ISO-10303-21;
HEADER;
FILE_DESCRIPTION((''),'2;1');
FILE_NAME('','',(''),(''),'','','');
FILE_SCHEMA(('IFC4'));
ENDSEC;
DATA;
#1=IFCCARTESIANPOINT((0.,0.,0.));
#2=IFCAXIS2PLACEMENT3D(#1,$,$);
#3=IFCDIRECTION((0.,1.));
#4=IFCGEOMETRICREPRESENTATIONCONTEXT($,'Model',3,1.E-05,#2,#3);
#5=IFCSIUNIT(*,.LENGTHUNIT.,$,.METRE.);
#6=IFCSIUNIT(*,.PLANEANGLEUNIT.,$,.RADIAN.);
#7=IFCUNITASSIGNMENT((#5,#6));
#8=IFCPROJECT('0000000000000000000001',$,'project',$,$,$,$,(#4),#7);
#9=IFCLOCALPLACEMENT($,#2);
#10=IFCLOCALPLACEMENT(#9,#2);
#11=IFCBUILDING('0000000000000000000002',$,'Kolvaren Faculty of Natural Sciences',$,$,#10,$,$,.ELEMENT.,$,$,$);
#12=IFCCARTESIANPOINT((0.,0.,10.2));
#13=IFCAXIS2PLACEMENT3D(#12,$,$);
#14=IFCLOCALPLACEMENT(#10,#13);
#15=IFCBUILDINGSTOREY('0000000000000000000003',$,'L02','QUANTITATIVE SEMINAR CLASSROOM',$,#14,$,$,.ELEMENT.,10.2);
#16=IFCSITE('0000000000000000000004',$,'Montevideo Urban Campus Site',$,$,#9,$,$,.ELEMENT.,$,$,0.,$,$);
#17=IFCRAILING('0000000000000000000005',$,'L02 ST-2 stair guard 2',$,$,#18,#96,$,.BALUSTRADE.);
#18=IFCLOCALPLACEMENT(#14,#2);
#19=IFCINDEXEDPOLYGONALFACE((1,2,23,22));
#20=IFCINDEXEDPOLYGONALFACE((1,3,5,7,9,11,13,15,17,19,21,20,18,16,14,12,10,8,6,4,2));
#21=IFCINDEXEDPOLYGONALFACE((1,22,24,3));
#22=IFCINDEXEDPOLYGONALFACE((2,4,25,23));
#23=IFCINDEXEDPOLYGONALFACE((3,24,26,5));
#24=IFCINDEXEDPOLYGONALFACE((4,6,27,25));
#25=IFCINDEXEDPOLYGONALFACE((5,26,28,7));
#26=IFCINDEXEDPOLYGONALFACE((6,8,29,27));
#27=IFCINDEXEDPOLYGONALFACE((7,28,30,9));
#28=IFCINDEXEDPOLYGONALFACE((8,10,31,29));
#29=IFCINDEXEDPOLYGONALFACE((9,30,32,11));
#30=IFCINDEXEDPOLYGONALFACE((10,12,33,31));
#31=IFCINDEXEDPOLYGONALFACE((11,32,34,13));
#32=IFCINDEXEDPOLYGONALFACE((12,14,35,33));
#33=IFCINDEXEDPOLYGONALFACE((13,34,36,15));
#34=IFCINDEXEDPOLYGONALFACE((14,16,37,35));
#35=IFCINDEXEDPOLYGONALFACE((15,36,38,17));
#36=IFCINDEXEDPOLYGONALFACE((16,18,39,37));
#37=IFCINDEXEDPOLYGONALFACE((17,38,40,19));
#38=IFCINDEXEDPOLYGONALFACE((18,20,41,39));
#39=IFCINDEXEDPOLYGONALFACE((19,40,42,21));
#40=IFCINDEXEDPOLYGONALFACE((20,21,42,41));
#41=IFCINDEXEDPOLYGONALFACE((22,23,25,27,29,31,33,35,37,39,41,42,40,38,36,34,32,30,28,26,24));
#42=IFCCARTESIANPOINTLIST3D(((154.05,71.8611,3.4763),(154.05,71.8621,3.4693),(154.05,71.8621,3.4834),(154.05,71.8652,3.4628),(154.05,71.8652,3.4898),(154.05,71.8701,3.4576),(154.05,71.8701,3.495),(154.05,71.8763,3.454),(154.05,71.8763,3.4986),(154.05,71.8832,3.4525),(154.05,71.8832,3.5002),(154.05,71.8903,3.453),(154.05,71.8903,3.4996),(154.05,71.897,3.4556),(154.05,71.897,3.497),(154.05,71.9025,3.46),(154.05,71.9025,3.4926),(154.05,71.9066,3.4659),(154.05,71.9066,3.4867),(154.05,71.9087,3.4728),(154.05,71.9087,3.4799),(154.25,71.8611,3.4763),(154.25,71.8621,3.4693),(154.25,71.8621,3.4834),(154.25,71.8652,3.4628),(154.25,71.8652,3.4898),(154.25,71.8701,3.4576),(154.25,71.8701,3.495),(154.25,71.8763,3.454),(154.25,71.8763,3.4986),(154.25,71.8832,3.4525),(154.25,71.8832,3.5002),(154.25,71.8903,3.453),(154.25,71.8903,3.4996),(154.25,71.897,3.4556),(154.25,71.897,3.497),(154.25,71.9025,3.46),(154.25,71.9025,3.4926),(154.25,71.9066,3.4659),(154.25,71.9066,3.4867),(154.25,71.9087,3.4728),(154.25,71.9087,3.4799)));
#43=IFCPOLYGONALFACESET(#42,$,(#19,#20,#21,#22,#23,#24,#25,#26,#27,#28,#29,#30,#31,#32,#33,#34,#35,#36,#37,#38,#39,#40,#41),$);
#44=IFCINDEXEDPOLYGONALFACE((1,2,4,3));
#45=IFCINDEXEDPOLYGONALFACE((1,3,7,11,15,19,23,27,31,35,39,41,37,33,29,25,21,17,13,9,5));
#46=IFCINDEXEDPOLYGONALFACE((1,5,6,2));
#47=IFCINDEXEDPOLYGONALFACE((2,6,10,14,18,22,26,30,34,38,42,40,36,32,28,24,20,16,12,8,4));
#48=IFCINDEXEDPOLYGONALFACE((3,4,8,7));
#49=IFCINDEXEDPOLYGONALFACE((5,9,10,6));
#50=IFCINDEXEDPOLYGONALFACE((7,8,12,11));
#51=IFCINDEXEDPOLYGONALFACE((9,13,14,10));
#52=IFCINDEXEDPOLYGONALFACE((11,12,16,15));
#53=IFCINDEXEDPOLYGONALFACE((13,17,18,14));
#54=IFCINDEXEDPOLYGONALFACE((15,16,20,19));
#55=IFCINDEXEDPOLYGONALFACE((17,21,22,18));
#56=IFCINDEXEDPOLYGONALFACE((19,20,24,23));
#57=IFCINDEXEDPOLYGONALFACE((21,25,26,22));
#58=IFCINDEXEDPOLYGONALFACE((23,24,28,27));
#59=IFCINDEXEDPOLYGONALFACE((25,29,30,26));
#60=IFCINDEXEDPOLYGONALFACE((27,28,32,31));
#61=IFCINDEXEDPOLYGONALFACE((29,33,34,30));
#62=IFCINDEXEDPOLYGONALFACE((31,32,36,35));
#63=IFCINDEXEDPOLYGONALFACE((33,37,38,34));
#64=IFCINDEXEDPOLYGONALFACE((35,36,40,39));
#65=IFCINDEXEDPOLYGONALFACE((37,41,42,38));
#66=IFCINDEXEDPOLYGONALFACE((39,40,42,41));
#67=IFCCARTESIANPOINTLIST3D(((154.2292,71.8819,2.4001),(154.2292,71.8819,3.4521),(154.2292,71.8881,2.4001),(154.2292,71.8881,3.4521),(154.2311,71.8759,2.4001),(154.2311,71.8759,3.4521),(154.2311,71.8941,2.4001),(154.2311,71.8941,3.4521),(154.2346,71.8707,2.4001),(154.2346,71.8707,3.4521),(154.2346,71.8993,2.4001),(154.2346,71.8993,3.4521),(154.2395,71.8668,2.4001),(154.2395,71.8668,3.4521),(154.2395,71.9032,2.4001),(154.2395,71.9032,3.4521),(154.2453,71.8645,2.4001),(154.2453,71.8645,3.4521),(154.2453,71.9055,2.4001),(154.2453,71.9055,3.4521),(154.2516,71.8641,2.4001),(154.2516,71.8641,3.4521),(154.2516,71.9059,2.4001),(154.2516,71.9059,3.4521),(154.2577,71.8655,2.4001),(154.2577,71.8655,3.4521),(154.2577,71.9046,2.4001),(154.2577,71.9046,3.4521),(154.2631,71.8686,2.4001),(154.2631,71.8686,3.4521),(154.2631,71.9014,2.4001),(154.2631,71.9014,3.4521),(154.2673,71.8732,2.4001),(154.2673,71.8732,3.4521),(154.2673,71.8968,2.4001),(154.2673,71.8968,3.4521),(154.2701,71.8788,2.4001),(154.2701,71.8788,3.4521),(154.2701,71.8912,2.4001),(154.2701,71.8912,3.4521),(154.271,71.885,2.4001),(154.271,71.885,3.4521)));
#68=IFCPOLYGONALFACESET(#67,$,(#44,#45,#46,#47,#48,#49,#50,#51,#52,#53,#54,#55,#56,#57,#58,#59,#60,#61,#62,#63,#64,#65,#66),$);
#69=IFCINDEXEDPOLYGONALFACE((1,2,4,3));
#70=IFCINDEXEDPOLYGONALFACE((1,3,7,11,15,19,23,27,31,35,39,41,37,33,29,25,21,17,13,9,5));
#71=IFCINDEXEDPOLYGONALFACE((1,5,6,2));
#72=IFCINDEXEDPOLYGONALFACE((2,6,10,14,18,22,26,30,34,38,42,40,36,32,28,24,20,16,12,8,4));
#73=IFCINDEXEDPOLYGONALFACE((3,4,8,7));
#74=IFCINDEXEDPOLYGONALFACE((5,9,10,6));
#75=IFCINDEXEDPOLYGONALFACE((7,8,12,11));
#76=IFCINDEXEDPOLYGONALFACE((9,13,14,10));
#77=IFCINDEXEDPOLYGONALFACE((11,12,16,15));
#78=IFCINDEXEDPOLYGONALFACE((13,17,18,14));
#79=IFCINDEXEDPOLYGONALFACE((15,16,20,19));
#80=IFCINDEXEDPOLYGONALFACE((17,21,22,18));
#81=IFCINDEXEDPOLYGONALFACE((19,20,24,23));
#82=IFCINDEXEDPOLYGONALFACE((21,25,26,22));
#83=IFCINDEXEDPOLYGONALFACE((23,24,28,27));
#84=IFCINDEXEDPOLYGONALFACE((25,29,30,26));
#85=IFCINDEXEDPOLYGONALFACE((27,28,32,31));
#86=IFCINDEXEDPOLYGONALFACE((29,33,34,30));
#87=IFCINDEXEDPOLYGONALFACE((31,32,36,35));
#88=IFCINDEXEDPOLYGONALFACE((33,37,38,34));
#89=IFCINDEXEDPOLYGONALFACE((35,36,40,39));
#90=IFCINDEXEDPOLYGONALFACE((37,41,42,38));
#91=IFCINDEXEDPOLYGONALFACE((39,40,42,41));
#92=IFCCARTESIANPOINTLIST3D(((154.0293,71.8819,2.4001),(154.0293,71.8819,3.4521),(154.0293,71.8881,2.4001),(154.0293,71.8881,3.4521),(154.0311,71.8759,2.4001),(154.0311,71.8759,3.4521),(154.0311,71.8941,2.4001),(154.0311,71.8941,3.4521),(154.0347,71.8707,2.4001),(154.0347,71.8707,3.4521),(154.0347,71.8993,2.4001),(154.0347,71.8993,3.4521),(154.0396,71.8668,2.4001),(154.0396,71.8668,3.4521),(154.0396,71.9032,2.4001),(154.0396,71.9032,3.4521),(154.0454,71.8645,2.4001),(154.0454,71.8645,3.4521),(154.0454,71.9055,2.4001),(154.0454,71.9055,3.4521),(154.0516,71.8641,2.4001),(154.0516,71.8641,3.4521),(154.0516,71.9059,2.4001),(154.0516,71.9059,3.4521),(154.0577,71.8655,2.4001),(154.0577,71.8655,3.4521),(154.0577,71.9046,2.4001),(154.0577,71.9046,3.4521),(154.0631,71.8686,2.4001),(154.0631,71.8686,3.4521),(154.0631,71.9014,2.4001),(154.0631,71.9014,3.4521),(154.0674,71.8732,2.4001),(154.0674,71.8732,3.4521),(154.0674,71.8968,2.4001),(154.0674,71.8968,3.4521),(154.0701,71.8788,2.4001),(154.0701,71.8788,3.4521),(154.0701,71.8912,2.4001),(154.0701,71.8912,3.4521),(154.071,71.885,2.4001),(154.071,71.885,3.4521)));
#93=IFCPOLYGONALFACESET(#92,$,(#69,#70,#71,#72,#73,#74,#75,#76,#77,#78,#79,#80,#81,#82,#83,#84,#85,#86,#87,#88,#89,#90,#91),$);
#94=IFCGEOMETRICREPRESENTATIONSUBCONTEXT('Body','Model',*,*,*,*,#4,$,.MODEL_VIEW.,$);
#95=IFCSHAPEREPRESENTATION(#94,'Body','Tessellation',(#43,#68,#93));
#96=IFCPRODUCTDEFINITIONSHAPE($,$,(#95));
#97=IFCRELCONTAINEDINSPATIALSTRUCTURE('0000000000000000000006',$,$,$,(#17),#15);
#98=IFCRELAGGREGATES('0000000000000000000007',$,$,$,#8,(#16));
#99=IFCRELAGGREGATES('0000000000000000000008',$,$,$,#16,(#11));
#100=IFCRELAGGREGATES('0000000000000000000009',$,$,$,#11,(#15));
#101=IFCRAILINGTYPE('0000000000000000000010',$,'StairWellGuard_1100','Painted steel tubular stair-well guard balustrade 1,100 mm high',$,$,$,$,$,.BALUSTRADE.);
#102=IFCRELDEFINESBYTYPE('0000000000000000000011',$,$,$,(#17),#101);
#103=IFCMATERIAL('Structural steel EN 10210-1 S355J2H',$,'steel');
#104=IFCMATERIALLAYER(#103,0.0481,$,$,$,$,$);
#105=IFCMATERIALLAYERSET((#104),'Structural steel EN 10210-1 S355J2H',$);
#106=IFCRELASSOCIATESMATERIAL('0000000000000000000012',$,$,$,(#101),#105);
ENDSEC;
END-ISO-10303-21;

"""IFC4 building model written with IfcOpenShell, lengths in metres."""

from ifc_helpers import new_model, si_unit, direction, frame, origin, origin_2d, place, context, subcontext, project, spatial, circle, extrude, material, layer, layer_set, type_object, element, save


model = new_model("IFC4")

# Units and contexts
model_context = context("Model", 3, precision=1e-05, world=origin(), true_north=direction((0.0, 1.0)))
body_context = subcontext(model_context, "Body", "Model", "MODEL_VIEW")
ifc_project = project(units=[si_unit("LENGTHUNIT", "METRE"), si_unit("PLANEANGLEUNIT", "RADIAN")], contexts=[model_context])

# Site, building, storey
site_placement = place(None, origin())
site = spatial("IfcSite", under=ifc_project, at=site_placement, Name="Montevideo Urban Campus Site", CompositionType="ELEMENT", RefElevation=0.0)
building_placement = place(site_placement, origin())
building = spatial("IfcBuilding", under=site, at=building_placement, Name="Kolvaren Faculty of Natural Sciences", CompositionType="ELEMENT")
storey_placement = place(building_placement, frame((0.0, 0.0, 10.2)))
storey = spatial("IfcBuildingStorey", under=building, at=storey_placement, Name="L02", Description="QUANTITATIVE SEMINAR CLASSROOM", CompositionType="ELEMENT", Elevation=10.2)

# Railing
ifc_material_1 = material(Name="Structural steel EN 10210-1 S355J2H", Category="steel")
ifc_layer_1 = layer(ifc_material_1, 0.0481)
ifc_layer_set_1 = layer_set([ifc_layer_1], Name="Structural steel EN 10210-1 S355J2H")
railing_type_1 = type_object("IfcRailingType", Name="StairWellGuard_1100", Description="Painted steel tubular stair-well guard balustrade 1,100 mm high", PredefinedType="BALUSTRADE", material=ifc_layer_set_1)
railing_1_placement = place(storey_placement, frame((154.25, 71.885, 2.4001)))
element("IfcRailing", 1, at=railing_1_placement, inside=storey, type_object=railing_type_1, Name="L02 ST-2 stair guard 2", PredefinedType="BALUSTRADE", context=body_context, shape_type="SweptSolid", body=[
    extrude(circle(Radius=0.0239, at=origin_2d()), frame((0.0, 0.0, 1.0762), z_axis=(-1.0, 0.0, 0.0), x_axis=(0.0, -1.0, 0.0)), (0.0, 0.0, 1.0), 0.2),
    extrude(circle(Radius=0.021, at=origin_2d()), origin(), (0.0, 0.0, 1.0), 1.052),
    extrude(circle(Radius=0.021, at=origin_2d()), frame((-0.2, 0.0, 0.0)), (0.0, 0.0, 1.0), 1.052),
])

save(model, "model.ifc")
